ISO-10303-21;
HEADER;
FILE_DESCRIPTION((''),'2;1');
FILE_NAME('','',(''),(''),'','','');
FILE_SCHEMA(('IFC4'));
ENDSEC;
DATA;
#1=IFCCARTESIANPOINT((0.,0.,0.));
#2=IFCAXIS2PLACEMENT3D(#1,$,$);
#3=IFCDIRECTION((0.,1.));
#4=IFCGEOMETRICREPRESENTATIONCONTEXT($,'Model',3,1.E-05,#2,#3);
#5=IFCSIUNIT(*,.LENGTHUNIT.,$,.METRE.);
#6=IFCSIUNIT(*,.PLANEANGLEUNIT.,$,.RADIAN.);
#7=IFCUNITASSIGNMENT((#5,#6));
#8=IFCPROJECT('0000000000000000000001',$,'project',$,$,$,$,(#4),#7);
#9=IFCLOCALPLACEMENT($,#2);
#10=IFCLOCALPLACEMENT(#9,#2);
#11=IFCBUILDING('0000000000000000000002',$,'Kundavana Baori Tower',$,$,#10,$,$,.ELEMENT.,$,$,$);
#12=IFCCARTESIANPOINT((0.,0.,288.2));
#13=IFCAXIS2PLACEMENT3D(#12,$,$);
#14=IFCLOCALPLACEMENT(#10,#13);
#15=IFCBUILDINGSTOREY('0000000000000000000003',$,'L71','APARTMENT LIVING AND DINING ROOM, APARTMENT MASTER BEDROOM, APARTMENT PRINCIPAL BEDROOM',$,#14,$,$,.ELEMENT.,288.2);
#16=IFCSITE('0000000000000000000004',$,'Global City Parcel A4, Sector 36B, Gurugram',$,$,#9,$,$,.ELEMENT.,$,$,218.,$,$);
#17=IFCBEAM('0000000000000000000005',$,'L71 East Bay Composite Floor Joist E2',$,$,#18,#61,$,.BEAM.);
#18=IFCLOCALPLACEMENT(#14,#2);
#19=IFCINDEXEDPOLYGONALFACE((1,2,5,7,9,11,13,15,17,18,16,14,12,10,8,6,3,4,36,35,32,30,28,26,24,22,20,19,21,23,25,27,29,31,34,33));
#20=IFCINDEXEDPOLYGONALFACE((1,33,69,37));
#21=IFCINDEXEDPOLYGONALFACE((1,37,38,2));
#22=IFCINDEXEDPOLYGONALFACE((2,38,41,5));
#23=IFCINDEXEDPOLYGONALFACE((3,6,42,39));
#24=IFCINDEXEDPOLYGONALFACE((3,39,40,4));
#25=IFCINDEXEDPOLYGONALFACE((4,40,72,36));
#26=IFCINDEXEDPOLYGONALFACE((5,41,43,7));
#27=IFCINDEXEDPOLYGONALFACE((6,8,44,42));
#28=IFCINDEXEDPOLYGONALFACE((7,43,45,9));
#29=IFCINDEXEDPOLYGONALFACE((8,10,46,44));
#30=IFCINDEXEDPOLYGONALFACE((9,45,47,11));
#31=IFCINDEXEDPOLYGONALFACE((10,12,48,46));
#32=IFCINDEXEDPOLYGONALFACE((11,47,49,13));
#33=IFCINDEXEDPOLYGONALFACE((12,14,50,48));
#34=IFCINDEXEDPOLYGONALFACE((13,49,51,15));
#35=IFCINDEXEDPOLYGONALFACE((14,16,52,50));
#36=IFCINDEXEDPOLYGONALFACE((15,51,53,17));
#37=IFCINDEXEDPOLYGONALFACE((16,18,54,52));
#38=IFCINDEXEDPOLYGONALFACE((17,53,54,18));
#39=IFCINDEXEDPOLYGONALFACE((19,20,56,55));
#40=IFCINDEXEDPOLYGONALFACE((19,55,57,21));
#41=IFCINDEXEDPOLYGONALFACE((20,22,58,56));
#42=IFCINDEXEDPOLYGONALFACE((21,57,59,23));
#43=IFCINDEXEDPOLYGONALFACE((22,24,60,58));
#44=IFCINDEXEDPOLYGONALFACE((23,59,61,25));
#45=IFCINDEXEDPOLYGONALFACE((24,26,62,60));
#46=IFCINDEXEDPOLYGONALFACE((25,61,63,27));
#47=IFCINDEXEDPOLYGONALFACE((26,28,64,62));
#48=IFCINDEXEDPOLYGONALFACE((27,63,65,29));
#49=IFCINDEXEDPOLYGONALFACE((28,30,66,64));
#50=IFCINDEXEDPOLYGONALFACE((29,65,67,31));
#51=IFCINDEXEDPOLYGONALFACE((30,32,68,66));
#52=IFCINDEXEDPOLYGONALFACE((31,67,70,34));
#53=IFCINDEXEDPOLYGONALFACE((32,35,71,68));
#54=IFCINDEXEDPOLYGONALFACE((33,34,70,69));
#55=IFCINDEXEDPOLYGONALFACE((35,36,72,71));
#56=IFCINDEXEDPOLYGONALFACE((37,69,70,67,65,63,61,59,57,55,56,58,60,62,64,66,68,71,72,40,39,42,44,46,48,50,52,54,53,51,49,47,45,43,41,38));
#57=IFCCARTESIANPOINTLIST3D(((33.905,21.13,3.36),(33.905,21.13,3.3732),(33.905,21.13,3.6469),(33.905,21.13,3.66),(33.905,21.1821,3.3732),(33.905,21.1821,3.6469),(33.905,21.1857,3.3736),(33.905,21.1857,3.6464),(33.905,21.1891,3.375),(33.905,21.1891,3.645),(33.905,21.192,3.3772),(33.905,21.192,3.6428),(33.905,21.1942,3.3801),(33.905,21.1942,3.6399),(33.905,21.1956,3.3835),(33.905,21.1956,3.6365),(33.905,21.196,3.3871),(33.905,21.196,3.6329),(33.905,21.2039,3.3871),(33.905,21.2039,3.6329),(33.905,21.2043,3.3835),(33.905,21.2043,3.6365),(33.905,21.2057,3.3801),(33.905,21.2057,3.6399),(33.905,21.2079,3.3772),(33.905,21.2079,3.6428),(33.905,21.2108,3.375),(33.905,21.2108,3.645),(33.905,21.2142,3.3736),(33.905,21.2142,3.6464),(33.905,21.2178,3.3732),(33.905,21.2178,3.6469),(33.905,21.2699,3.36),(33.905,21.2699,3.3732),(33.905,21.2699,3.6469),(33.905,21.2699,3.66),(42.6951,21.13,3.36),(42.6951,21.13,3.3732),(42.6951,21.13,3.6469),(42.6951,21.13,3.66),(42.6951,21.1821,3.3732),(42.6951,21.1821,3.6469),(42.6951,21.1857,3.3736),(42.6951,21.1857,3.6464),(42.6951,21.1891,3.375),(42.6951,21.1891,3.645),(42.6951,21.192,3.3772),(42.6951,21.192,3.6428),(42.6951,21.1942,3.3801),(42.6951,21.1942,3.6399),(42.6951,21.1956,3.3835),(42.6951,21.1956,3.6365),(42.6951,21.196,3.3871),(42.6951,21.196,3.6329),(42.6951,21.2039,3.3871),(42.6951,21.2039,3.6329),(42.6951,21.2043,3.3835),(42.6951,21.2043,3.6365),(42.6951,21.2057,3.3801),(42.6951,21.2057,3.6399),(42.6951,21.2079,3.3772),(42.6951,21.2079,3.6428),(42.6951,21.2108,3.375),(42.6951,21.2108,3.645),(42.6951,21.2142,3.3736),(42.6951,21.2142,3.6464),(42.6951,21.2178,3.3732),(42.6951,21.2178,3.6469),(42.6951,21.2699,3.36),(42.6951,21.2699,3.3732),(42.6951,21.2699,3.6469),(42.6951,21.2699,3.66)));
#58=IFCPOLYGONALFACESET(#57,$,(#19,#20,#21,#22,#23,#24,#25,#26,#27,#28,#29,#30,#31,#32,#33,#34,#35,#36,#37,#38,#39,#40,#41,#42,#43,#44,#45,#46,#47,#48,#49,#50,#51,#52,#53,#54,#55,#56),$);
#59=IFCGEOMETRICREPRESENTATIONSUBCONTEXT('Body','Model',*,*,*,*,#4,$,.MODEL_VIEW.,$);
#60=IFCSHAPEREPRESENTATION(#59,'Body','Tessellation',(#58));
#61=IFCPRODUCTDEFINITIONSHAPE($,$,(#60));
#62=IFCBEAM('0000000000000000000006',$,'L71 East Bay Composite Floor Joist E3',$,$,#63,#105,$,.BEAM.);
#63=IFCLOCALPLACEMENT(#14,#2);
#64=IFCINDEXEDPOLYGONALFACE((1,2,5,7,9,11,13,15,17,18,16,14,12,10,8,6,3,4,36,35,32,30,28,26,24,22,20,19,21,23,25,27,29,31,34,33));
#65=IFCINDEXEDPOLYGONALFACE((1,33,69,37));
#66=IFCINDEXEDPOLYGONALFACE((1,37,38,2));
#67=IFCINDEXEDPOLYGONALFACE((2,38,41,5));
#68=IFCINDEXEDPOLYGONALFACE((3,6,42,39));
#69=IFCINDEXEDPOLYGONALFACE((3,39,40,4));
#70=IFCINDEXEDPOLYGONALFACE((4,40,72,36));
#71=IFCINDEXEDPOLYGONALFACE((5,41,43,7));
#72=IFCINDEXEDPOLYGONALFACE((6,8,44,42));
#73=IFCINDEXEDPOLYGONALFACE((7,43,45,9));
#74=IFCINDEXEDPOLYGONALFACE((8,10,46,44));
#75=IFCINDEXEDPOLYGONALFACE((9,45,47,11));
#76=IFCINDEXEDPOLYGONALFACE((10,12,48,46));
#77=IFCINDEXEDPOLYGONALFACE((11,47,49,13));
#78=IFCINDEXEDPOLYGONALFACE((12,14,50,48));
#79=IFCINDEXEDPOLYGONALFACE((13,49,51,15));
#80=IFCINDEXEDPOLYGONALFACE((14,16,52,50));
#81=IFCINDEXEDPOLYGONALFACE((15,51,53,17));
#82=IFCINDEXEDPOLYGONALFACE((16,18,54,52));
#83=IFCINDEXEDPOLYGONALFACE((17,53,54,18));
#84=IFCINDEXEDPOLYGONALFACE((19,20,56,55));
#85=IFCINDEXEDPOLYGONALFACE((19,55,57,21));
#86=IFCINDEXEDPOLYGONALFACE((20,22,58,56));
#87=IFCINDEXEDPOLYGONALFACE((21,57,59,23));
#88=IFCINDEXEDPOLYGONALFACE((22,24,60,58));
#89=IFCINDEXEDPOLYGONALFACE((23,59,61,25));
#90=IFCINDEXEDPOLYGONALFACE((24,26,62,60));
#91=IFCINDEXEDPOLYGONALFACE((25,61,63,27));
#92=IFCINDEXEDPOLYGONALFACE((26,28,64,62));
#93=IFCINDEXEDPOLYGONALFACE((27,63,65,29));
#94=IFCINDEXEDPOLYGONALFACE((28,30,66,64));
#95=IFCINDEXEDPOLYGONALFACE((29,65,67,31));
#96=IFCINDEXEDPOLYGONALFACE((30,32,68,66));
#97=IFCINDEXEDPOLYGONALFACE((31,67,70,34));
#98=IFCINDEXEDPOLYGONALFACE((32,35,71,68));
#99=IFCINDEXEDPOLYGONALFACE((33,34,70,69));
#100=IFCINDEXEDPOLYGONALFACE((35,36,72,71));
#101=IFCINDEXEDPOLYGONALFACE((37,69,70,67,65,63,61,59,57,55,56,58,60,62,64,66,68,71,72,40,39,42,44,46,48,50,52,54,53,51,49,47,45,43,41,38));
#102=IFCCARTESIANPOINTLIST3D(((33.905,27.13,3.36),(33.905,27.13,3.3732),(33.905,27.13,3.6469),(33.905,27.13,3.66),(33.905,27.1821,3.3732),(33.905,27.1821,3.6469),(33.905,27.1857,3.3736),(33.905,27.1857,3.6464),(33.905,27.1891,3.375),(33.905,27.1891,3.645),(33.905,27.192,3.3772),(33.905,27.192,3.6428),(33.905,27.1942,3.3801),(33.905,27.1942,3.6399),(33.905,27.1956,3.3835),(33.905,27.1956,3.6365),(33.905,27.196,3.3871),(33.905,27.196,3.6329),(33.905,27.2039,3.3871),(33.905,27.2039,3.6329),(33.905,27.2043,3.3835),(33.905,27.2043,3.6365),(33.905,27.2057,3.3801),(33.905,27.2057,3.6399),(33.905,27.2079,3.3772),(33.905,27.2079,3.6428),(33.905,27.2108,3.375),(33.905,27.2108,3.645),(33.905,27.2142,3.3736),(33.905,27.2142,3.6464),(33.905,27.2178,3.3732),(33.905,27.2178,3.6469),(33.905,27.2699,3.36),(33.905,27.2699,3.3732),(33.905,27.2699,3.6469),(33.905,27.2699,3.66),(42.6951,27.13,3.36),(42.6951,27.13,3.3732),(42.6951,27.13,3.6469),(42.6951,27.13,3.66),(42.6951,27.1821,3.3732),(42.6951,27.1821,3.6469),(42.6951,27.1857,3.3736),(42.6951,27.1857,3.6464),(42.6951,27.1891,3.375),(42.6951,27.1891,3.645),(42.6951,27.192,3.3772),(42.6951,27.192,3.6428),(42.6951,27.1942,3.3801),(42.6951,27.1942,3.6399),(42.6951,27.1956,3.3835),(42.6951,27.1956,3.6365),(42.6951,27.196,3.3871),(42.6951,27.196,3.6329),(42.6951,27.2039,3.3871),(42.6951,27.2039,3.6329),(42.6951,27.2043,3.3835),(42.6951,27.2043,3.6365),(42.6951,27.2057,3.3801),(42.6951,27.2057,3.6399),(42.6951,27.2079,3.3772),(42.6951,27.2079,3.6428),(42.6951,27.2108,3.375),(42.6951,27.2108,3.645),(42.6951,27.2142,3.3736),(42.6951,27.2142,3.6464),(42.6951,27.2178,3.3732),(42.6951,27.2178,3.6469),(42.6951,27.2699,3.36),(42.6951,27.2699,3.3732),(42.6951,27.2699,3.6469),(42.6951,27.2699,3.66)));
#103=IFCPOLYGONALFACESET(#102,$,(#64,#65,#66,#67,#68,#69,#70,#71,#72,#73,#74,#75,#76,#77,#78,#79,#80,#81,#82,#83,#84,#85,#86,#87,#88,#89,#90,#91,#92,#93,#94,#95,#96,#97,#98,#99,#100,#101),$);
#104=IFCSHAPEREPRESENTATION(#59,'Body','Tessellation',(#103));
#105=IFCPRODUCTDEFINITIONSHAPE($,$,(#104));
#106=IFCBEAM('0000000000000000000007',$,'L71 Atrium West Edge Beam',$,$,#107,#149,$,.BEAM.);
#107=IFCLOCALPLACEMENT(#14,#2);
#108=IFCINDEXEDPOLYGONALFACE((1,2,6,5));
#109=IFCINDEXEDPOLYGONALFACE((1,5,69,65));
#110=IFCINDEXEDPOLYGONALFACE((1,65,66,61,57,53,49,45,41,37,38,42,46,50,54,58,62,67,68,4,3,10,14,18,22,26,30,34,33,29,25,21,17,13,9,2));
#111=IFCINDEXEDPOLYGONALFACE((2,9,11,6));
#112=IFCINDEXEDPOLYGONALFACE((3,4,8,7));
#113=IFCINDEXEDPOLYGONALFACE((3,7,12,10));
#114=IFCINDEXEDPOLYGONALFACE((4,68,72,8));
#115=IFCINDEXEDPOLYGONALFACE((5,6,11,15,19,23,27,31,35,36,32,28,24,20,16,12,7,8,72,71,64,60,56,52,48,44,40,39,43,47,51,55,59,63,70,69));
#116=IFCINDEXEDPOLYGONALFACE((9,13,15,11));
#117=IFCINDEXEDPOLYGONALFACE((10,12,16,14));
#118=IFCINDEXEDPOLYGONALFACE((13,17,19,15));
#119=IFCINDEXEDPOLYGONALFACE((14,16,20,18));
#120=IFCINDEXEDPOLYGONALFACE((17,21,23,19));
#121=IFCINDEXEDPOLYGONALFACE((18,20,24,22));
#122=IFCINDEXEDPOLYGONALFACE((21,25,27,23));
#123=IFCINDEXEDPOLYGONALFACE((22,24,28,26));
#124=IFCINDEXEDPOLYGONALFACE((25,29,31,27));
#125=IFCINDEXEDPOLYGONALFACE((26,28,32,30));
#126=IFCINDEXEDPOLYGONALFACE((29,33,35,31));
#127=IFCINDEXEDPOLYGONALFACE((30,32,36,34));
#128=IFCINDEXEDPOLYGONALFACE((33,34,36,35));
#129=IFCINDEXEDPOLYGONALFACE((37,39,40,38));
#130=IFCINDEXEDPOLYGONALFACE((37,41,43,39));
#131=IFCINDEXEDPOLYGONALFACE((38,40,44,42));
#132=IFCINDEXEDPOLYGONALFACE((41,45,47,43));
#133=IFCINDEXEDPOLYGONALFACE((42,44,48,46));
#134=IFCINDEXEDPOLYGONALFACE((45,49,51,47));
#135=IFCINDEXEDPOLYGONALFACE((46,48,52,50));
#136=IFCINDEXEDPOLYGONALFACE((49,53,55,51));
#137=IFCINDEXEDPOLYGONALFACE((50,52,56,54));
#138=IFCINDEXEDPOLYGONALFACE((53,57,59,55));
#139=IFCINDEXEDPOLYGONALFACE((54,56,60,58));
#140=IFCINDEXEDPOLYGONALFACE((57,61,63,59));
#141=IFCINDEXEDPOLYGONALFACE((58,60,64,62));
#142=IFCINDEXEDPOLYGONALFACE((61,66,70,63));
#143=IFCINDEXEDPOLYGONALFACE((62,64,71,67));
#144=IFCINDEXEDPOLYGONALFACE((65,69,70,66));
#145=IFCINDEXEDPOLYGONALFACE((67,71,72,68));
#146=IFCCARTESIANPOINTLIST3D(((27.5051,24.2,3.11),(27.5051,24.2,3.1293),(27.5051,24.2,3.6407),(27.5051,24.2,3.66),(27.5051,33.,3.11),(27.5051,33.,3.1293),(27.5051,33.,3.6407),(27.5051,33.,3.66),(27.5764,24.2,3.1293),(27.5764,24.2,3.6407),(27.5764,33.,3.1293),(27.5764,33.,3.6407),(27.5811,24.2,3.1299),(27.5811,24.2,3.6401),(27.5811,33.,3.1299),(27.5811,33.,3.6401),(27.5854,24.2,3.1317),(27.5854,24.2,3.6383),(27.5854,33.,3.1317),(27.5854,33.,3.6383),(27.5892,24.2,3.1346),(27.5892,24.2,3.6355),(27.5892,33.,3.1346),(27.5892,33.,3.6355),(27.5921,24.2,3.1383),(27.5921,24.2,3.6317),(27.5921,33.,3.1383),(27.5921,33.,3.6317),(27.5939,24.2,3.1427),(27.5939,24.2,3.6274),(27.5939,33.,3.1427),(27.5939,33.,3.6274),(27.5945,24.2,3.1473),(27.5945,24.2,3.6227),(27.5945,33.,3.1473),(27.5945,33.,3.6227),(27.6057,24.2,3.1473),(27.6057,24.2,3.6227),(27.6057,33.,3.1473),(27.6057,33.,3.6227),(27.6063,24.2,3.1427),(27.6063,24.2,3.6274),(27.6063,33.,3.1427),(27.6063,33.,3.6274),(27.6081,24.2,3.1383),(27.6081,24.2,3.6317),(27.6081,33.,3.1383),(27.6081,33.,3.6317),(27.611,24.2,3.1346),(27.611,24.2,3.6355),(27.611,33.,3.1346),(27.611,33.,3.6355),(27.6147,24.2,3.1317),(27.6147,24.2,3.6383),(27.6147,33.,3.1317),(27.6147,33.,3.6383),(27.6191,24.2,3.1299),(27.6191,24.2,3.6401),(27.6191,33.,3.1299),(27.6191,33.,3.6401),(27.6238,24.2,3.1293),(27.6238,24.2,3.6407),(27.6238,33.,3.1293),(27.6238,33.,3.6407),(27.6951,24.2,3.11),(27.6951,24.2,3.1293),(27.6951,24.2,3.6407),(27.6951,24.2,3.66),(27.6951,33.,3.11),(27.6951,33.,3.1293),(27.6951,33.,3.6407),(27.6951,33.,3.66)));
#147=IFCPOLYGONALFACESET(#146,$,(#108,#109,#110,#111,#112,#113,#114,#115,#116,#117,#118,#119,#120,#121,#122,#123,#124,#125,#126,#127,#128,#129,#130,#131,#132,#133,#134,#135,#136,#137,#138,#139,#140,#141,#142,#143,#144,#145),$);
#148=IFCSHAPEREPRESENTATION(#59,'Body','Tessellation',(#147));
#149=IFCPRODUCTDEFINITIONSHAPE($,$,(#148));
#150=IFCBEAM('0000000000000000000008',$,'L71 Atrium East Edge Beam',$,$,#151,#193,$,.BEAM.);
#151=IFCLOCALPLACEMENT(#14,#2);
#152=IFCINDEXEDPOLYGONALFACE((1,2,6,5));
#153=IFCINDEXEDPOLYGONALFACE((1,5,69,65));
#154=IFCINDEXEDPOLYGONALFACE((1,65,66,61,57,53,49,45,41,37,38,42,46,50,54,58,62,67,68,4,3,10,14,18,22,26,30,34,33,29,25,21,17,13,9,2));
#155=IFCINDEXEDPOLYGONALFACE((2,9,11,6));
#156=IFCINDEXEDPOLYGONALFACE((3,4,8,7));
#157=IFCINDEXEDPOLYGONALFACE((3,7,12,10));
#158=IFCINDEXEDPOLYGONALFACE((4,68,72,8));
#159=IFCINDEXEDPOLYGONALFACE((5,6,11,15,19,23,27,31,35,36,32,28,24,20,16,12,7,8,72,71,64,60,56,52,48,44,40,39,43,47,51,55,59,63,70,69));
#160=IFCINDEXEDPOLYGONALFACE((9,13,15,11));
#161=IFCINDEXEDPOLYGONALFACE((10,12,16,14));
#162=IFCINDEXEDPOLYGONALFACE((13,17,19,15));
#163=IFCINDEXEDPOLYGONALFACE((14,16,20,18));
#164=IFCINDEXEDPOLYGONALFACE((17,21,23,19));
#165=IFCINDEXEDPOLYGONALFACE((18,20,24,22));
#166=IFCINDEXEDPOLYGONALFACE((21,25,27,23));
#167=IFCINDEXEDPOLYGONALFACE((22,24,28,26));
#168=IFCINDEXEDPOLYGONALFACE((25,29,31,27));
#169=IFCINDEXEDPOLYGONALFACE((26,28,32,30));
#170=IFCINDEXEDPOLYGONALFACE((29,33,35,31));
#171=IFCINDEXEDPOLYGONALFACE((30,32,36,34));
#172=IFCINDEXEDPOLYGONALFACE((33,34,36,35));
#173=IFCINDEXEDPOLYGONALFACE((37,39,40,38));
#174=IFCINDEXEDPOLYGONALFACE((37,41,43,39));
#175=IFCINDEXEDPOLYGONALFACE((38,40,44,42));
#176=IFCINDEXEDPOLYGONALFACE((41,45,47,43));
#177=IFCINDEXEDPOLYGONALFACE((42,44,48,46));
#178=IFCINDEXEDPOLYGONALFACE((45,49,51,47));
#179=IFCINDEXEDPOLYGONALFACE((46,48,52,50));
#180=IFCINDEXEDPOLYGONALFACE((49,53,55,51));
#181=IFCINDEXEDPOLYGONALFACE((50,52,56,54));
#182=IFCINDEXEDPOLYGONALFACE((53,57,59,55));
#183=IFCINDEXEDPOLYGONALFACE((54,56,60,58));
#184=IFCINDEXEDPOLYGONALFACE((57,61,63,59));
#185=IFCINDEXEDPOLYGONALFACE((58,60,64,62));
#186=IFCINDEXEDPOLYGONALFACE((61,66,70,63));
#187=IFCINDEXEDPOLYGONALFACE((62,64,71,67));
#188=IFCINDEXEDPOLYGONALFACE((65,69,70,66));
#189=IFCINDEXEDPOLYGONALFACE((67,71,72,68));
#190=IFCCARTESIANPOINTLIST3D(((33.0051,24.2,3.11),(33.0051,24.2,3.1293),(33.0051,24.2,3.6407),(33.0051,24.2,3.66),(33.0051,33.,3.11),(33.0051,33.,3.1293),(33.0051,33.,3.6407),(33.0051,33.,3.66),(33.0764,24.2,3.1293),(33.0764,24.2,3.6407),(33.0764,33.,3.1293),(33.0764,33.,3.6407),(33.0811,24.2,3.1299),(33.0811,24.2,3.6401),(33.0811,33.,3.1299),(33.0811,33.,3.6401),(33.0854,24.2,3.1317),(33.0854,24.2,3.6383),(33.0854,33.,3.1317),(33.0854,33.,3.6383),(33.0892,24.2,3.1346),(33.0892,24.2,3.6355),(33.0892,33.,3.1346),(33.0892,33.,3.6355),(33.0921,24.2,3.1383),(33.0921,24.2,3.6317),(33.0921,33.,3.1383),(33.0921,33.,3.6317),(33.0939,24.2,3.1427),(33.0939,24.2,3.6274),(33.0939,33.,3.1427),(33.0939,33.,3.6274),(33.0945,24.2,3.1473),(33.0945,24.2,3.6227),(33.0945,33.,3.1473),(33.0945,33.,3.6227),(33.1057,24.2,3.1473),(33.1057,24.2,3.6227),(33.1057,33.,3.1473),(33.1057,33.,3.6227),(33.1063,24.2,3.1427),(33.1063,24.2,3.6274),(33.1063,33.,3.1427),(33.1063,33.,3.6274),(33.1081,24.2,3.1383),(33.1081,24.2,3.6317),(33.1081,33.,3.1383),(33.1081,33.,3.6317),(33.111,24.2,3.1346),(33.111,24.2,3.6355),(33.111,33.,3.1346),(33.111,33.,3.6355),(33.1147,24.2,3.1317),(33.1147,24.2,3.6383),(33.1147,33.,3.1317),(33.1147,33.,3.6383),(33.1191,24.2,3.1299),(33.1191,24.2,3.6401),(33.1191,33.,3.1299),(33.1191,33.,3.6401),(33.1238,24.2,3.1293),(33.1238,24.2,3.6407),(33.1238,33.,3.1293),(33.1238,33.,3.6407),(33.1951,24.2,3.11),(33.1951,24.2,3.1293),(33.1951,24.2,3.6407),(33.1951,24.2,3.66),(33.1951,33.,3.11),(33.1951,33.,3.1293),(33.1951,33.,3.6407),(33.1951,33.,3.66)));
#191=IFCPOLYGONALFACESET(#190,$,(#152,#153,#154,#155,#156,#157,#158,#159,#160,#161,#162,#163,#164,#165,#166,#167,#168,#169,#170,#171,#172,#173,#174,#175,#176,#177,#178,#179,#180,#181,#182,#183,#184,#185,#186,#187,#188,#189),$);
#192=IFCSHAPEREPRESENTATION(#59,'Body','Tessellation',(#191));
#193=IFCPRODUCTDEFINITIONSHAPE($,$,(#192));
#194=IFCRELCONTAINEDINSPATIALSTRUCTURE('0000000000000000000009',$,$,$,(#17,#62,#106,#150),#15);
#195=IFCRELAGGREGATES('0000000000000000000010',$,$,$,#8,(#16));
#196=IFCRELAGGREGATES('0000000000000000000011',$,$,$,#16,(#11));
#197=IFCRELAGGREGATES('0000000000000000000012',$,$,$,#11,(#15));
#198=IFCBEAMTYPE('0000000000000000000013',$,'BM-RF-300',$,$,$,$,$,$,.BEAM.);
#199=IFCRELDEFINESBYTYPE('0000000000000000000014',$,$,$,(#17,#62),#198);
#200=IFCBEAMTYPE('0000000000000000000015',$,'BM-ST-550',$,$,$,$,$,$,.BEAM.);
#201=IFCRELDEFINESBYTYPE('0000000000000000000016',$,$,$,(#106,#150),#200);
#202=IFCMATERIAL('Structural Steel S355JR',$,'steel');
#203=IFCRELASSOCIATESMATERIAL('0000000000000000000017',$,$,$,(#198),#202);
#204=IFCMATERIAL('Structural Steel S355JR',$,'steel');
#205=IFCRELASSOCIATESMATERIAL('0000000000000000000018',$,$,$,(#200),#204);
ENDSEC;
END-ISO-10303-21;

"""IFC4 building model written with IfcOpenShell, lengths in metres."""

from ifc_helpers import new_model, si_unit, direction, frame, origin, origin_2d, place, context, subcontext, project, spatial, i_section, extrude, material, material_profile, profile_set, type_object, element, save


model = new_model("IFC4")

# Units and contexts
model_context = context("Model", 3, precision=1e-05, world=origin(), true_north=direction((0.0, 1.0)))
body_context = subcontext(model_context, "Body", "Model", "MODEL_VIEW")
ifc_project = project(units=[si_unit("LENGTHUNIT", "METRE"), si_unit("PLANEANGLEUNIT", "RADIAN")], contexts=[model_context])

# Site, building, storey
site_placement = place(None, origin())
site = spatial("IfcSite", under=ifc_project, at=site_placement, Name="Global City Parcel A4, Sector 36B, Gurugram", CompositionType="ELEMENT", RefElevation=218.0)
building_placement = place(site_placement, origin())
building = spatial("IfcBuilding", under=site, at=building_placement, Name="Kundavana Baori Tower", CompositionType="ELEMENT")
storey_placement = place(building_placement, frame((0.0, 0.0, 288.2)))
storey = spatial("IfcBuildingStorey", under=building, at=storey_placement, Name="L71", Description="APARTMENT LIVING AND DINING ROOM, APARTMENT MASTER BEDROOM, APARTMENT PRINCIPAL BEDROOM", CompositionType="ELEMENT", Elevation=288.2)

# Beams
ifc_material_1 = material(Name="Structural Steel S355JR", Category="steel")
ifc_material_profile_1 = material_profile(ifc_material_1, i_section(OverallWidth=0.1399, OverallDepth=0.3, WebThickness=0.0078, FlangeThickness=0.0132, FilletRadius=0.0139, at=origin_2d()), Name="ISMB 300")
ifc_profile_set_1 = profile_set([ifc_material_profile_1], Name="Structural Steel S355JR")
beam_type_1 = type_object("IfcBeamType", Name="BM-RF-300", PredefinedType="BEAM", material=ifc_profile_set_1)
for number, where, z_axis, x_axis, name in (
    (1, (33.905, 21.2, 3.51), (1.0, 0.0, 0.0), (0.0, 1.0, 0.0), "L71 East Bay Composite Floor Joist E2"),
    (2, (33.905, 27.2, 3.51), (1.0, 0.0, 0.0), (0.0, 1.0, 0.0), "L71 East Bay Composite Floor Joist E3"),
):
    element("IfcBeam", number, at=place(storey_placement, frame(where, z_axis=z_axis, x_axis=x_axis)), inside=storey, type_object=beam_type_1, Name=name, PredefinedType="BEAM", context=body_context, shape_type="SweptSolid", body=[
        extrude(i_section(OverallWidth=0.1399, OverallDepth=0.3, WebThickness=0.0078, FlangeThickness=0.0132, FilletRadius=0.0139, at=origin_2d()), origin(), (0.0, 0.0, 1.0), 8.79),
    ])
ifc_material_2 = material(Name="Structural Steel S355JR", Category="steel")
ifc_material_profile_2 = material_profile(ifc_material_2, i_section(OverallWidth=0.1899, OverallDepth=0.55, WebThickness=0.0112, FlangeThickness=0.0193, FilletRadius=0.0181, at=origin_2d()), Name="ISMB 550")
ifc_profile_set_2 = profile_set([ifc_material_profile_2], Name="Structural Steel S355JR")
beam_type_2 = type_object("IfcBeamType", Name="BM-ST-550", PredefinedType="BEAM", material=ifc_profile_set_2)
for number, where, z_axis, x_axis, name in (
    (3, (27.6001, 24.2, 3.385), (0.0, 1.0, 0.0), (-1.0, 0.0, 0.0), "L71 Atrium West Edge Beam"),
    (4, (33.1001, 24.2, 3.385), (0.0, 1.0, 0.0), (-1.0, 0.0, 0.0), "L71 Atrium East Edge Beam"),
):
    element("IfcBeam", number, at=place(storey_placement, frame(where, z_axis=z_axis, x_axis=x_axis)), inside=storey, type_object=beam_type_2, Name=name, PredefinedType="BEAM", context=body_context, shape_type="SweptSolid", body=[
        extrude(i_section(OverallWidth=0.1899, OverallDepth=0.55, WebThickness=0.0112, FlangeThickness=0.0193, FilletRadius=0.0181, at=origin_2d()), origin(), (0.0, 0.0, 1.0), 8.8),
    ])

save(model, "model.ifc")
